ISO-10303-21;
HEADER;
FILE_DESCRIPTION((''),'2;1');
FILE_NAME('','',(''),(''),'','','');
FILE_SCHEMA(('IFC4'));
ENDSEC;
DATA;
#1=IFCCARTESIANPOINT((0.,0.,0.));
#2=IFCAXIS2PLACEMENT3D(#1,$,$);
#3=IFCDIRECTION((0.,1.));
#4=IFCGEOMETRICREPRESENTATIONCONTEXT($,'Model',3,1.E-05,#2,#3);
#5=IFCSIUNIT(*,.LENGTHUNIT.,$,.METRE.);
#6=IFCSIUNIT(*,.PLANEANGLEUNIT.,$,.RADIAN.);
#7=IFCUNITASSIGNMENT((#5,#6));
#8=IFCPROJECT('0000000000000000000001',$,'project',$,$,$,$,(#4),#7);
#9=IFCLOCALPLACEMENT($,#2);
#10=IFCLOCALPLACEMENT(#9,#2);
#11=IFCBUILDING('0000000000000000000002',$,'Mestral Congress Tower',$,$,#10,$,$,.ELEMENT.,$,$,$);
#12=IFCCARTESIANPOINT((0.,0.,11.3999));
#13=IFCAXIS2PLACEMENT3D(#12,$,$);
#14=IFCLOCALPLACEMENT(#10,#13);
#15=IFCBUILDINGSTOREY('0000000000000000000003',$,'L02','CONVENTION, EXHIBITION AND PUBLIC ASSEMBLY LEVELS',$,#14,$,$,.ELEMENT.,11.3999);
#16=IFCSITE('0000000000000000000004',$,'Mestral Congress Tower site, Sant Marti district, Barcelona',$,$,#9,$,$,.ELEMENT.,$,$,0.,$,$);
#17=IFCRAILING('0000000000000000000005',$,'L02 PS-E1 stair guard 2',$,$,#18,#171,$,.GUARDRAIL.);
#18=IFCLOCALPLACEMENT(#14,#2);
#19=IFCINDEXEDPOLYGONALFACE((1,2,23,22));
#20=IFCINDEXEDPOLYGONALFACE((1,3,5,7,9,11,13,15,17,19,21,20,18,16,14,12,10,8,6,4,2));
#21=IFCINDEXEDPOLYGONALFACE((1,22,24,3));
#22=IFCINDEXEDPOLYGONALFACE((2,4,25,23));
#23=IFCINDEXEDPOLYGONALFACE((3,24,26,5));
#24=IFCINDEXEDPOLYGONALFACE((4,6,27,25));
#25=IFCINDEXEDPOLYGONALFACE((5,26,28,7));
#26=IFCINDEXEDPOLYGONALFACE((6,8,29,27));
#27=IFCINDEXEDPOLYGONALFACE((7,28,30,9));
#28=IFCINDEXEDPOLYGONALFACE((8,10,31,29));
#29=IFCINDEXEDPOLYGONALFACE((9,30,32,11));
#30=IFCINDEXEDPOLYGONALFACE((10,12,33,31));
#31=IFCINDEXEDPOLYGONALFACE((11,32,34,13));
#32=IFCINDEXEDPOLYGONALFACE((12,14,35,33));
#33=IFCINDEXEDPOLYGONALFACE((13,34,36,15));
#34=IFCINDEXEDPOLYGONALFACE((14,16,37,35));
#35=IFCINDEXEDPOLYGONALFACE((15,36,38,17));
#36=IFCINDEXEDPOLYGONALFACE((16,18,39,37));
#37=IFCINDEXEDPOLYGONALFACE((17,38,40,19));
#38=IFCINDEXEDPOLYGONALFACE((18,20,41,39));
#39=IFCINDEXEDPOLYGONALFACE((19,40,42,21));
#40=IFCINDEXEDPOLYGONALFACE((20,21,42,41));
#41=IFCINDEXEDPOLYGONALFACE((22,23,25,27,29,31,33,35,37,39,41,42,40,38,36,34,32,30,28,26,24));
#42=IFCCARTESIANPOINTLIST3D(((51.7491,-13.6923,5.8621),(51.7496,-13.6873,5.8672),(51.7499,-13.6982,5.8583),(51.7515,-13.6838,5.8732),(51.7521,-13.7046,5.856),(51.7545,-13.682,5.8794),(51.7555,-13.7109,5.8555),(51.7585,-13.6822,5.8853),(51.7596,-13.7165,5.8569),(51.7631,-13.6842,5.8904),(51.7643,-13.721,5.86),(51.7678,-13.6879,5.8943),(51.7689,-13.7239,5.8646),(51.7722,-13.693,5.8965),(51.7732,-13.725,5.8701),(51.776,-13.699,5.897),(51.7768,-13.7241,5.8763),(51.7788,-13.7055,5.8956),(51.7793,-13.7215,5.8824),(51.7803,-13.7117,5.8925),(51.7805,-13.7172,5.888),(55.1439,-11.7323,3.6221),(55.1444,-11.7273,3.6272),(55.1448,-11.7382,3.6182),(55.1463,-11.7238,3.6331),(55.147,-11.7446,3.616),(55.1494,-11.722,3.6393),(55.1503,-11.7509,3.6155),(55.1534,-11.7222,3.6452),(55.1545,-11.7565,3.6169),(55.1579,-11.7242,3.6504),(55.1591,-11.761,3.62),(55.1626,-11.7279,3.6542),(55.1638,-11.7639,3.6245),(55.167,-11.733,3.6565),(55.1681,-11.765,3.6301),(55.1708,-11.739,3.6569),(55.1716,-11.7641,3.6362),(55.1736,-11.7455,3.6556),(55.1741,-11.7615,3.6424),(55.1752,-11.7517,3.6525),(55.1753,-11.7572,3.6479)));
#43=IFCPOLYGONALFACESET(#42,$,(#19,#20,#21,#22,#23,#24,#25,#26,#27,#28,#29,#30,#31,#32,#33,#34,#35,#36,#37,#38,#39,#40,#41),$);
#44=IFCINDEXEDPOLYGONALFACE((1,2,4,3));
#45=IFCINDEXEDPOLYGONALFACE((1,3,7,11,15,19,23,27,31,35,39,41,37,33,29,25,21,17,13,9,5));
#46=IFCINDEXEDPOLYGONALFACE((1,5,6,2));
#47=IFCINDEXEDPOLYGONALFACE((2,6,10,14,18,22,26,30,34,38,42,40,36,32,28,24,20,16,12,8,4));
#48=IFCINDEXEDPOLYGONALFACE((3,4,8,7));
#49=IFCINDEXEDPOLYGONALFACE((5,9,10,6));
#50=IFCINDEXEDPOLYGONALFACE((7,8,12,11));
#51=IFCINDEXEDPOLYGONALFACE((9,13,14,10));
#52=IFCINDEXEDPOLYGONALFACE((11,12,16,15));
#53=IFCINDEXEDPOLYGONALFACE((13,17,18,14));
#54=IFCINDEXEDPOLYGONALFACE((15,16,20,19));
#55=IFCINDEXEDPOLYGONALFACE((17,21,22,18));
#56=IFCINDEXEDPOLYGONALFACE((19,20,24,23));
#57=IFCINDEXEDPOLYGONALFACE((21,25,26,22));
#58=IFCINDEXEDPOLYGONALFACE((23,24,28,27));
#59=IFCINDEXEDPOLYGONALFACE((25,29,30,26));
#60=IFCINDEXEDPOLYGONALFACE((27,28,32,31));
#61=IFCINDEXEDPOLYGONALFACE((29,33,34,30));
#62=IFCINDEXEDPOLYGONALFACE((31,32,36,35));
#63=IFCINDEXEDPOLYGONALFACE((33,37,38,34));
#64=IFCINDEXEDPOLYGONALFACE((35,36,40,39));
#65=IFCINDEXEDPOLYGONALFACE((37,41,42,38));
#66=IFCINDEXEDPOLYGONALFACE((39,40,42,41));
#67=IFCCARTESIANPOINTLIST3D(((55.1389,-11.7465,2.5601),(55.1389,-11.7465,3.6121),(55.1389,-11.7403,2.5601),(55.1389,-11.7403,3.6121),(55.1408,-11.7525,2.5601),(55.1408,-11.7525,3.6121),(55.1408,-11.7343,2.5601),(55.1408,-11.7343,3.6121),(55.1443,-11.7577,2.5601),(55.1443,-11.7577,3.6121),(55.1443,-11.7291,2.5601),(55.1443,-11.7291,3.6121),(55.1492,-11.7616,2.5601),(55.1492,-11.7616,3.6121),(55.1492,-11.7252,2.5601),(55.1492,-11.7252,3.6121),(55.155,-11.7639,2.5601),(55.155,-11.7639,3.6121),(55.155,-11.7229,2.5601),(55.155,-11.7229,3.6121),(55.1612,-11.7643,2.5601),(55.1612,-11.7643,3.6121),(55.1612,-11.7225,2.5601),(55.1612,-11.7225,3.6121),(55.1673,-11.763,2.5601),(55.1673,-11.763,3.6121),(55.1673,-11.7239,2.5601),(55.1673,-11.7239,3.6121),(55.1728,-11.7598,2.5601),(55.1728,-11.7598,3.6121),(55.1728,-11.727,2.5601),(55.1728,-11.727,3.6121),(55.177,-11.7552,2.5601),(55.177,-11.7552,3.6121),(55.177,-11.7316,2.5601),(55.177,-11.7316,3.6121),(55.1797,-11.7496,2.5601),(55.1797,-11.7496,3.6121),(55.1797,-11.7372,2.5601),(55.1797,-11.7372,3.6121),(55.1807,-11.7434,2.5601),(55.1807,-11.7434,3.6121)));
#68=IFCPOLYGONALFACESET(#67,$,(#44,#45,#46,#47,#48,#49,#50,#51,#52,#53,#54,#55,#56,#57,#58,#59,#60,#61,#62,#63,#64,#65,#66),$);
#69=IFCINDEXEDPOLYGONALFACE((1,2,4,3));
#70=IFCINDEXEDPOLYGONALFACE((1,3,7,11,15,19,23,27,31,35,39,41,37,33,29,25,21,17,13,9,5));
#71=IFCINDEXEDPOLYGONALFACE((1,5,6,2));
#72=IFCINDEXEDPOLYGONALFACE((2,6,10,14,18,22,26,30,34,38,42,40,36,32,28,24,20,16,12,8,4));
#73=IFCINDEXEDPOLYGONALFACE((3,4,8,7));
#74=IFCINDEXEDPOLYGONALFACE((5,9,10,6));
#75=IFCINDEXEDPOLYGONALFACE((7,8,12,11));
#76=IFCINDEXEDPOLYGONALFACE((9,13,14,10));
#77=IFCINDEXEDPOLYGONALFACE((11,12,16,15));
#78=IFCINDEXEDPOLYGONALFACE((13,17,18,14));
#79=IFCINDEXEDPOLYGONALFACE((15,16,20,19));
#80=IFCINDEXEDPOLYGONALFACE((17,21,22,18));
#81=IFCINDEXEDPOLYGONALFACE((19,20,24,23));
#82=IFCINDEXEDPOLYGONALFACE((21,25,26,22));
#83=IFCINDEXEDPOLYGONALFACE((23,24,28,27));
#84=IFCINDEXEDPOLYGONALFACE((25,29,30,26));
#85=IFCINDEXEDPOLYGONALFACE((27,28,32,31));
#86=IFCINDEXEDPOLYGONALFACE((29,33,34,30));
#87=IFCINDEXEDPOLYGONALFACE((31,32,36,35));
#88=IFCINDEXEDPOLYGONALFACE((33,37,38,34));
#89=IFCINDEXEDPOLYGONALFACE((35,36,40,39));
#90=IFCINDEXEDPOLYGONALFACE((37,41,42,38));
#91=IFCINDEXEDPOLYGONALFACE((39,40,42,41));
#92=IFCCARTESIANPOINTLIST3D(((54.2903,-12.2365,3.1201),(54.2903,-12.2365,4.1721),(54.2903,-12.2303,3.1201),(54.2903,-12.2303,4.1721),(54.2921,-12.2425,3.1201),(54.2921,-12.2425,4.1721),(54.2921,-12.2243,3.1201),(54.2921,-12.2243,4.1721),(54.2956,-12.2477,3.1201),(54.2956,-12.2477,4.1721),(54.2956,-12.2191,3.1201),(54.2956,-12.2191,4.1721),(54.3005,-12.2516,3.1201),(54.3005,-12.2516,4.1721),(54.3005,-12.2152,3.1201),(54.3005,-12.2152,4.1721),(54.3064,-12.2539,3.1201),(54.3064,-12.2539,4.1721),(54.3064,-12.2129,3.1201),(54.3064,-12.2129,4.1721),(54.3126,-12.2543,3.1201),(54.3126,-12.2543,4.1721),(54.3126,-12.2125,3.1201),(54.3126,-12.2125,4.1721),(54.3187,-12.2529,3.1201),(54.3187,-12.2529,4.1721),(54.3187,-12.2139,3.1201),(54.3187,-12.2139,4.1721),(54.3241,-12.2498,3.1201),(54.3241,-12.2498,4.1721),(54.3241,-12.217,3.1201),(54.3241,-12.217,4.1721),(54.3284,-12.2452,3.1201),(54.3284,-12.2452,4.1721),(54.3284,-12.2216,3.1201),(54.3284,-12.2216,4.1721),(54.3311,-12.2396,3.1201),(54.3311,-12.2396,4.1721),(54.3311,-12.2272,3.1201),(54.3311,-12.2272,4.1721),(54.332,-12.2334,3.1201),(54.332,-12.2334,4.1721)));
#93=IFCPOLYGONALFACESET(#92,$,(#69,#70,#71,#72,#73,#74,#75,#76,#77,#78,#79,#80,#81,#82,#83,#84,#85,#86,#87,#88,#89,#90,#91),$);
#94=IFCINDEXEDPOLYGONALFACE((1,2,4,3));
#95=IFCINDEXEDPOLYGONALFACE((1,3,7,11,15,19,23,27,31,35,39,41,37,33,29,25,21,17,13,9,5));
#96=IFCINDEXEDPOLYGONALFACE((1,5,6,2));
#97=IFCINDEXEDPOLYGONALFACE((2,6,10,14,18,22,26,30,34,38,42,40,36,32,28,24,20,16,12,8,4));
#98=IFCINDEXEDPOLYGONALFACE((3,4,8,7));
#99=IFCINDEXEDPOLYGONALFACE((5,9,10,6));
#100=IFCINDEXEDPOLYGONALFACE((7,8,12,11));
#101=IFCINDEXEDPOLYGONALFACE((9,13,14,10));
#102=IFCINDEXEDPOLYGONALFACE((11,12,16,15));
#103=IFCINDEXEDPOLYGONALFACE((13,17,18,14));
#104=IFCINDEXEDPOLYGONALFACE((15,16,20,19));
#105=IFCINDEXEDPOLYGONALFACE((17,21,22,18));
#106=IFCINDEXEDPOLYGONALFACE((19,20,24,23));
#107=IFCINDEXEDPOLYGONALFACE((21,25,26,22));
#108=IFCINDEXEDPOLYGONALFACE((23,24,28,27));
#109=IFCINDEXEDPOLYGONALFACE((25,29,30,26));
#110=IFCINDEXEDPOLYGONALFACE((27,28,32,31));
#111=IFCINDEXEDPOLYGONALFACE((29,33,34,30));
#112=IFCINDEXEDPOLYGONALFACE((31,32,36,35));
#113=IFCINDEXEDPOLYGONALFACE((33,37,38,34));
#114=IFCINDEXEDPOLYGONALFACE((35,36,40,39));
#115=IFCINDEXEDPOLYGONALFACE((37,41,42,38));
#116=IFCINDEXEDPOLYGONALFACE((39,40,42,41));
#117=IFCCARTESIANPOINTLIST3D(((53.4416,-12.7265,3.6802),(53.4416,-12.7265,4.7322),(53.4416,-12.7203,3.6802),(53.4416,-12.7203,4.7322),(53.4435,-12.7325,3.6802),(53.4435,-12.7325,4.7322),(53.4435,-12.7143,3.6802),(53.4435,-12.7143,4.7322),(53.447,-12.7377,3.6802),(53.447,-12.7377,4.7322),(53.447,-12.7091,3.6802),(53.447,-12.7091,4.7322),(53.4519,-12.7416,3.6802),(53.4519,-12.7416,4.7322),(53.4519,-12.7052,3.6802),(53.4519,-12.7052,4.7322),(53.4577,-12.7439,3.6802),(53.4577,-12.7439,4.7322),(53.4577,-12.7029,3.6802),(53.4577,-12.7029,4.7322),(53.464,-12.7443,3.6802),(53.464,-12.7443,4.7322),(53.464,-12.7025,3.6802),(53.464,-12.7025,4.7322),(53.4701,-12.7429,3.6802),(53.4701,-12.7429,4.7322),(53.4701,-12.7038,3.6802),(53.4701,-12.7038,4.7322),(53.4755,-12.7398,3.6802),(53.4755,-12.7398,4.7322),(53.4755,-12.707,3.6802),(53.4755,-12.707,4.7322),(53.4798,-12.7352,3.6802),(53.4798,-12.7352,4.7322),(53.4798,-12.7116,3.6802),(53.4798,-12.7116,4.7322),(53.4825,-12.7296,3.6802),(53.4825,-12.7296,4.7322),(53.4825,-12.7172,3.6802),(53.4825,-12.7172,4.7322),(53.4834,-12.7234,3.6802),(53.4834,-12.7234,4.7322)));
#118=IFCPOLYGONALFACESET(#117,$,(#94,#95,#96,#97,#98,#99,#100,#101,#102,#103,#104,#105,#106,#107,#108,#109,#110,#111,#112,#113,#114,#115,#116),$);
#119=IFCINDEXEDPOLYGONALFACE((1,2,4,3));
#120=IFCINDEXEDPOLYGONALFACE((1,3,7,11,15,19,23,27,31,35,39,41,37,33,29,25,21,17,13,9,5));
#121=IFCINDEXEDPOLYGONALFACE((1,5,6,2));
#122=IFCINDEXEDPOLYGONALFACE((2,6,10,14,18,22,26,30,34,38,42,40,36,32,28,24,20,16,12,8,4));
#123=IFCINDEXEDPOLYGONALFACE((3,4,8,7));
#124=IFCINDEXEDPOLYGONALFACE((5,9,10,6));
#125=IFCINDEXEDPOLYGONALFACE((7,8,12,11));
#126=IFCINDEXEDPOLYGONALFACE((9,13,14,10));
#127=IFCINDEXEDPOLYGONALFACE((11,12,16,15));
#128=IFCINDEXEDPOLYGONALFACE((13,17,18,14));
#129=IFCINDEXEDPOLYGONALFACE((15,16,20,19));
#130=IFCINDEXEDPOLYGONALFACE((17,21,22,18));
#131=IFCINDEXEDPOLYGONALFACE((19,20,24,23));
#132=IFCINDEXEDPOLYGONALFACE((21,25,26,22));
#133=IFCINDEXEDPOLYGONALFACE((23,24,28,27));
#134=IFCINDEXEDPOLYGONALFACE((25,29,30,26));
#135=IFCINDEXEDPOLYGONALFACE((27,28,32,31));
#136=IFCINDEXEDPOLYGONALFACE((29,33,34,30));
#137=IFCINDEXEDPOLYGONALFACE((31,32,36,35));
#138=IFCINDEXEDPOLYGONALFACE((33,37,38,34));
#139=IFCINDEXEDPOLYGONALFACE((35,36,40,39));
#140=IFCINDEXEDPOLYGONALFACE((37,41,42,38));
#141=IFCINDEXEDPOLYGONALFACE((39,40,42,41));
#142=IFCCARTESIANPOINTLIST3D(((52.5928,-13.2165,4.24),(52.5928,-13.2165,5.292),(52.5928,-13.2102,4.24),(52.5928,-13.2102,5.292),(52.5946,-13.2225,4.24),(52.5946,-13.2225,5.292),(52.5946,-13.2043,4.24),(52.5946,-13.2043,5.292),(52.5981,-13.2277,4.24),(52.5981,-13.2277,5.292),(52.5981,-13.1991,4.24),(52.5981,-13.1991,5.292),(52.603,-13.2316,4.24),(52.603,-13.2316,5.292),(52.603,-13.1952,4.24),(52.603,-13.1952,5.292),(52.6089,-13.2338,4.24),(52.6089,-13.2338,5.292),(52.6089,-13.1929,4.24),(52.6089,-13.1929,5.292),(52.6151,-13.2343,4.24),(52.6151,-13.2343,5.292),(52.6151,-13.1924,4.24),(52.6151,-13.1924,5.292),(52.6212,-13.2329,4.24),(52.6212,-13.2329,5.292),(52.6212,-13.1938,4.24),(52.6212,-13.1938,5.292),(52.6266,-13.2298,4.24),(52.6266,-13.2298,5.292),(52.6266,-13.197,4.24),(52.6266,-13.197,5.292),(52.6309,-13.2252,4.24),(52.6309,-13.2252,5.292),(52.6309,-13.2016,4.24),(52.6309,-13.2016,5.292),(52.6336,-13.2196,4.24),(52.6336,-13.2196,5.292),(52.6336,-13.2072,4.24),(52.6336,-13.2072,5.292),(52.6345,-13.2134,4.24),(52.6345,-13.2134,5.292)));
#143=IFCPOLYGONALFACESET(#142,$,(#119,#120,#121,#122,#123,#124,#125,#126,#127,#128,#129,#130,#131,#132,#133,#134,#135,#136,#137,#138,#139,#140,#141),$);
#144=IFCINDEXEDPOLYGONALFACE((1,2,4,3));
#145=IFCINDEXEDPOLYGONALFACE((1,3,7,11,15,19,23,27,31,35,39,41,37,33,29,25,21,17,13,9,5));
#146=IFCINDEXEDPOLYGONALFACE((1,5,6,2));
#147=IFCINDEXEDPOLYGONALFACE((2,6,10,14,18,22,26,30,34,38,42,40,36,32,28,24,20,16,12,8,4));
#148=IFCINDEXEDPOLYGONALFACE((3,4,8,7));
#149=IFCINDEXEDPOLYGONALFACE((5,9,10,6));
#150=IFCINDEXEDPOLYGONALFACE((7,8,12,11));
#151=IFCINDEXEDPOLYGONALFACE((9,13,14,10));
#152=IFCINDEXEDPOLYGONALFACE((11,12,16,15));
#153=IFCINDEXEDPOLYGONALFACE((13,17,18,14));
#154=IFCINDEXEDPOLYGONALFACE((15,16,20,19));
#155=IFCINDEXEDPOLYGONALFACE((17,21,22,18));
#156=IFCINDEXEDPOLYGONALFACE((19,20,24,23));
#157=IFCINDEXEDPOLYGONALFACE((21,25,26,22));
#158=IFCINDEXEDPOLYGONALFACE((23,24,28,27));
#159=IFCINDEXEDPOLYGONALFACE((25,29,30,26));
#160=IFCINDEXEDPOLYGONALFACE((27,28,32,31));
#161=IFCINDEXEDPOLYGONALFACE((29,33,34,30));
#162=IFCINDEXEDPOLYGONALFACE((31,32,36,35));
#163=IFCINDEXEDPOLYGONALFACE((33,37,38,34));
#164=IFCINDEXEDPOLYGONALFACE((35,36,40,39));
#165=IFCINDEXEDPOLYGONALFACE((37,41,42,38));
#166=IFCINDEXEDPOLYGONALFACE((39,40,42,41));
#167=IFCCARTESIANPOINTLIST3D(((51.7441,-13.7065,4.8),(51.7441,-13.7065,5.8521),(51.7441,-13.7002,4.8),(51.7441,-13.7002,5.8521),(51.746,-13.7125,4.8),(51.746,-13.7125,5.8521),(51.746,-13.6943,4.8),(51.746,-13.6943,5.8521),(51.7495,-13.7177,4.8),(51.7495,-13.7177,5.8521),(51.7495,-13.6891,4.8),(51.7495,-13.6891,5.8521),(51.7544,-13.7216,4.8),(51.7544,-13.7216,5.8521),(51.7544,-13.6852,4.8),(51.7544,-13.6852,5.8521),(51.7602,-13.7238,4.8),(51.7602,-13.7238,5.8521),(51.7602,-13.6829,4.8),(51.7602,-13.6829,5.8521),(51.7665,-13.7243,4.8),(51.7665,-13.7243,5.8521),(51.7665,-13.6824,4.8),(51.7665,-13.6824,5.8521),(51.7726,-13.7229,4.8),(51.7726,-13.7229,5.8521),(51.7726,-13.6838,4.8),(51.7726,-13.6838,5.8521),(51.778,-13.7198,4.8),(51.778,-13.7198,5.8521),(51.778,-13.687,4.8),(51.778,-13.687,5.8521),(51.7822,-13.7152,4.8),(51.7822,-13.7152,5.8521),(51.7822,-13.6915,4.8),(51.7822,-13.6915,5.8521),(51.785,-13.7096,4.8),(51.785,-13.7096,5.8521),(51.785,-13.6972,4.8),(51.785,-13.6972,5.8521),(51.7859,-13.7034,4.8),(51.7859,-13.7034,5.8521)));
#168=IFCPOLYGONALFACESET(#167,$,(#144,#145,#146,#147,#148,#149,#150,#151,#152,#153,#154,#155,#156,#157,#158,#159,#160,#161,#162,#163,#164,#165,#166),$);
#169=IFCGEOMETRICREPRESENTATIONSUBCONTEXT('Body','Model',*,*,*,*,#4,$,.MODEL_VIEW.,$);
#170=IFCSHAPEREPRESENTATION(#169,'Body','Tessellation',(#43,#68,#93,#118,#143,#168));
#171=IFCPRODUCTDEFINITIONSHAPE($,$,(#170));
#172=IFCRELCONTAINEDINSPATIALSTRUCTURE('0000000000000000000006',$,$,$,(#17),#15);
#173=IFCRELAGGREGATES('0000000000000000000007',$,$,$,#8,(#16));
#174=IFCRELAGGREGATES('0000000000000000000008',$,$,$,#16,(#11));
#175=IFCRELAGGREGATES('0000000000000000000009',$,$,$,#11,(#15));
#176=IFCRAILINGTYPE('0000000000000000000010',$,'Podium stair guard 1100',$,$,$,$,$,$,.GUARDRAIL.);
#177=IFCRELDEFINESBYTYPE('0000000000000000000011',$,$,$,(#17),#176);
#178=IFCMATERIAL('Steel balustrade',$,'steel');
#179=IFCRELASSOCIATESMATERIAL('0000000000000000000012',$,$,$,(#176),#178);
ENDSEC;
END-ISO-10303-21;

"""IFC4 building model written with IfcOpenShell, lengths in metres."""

from ifc_helpers import new_model, si_unit, direction, frame, origin, origin_2d, place, context, subcontext, project, spatial, circle, extrude, material, type_object, element, save


model = new_model("IFC4")

# Units and contexts
model_context = context("Model", 3, precision=1e-05, world=origin(), true_north=direction((0.0, 1.0)))
body_context = subcontext(model_context, "Body", "Model", "MODEL_VIEW")
ifc_project = project(units=[si_unit("LENGTHUNIT", "METRE"), si_unit("PLANEANGLEUNIT", "RADIAN")], contexts=[model_context])

# Site, building, storey
site_placement = place(None, origin())
site = spatial("IfcSite", under=ifc_project, at=site_placement, Name="Mestral Congress Tower site, Sant Marti district, Barcelona", CompositionType="ELEMENT", RefElevation=0.0)
building_placement = place(site_placement, origin())
building = spatial("IfcBuilding", under=site, at=building_placement, Name="Mestral Congress Tower", CompositionType="ELEMENT")
storey_placement = place(building_placement, frame((0.0, 0.0, 11.3999)))
storey = spatial("IfcBuildingStorey", under=building, at=storey_placement, Name="L02", Description="CONVENTION, EXHIBITION AND PUBLIC ASSEMBLY LEVELS", CompositionType="ELEMENT", Elevation=11.3999)

# Railing
ifc_material_1 = material(Name="Steel balustrade", Category="steel")
railing_type_1 = type_object("IfcRailingType", Name="Podium stair guard 1100", PredefinedType="GUARDRAIL", material=ifc_material_1)
railing_1_placement = place(storey_placement, frame((55.1597, -11.7434, 2.5601)))
element("IfcRailing", 1, at=railing_1_placement, inside=storey, type_object=railing_type_1, Name="L02 PS-E1 stair guard 2", PredefinedType="GUARDRAIL", context=body_context, shape_type="SweptSolid", body=[
    extrude(circle(Radius=0.0239, at=origin_2d()), frame((0.0, 0.0, 1.0762), z_axis=(-0.75192, -0.434118, 0.496143), x_axis=(0.499997, -0.866027, 0.0)), (0.0, 0.0, 1.0), 4.5149),
    extrude(circle(Radius=0.021, at=origin_2d()), origin(), (0.0, 0.0, 1.0), 1.052),
    extrude(circle(Radius=0.021, at=origin_2d()), frame((-0.8486, -0.49, 0.5601)), (0.0, 0.0, 1.0), 1.052),
    extrude(circle(Radius=0.021, at=origin_2d()), frame((-1.6973, -0.98, 1.1201)), (0.0, 0.0, 1.0), 1.052),
    extrude(circle(Radius=0.021, at=origin_2d()), frame((-2.5461, -1.47, 1.6799)), (0.0, 0.0, 1.0), 1.052),
    extrude(circle(Radius=0.021, at=origin_2d()), frame((-3.3948, -1.96, 2.24)), (0.0, 0.0, 1.0), 1.052),
])

save(model, "model.ifc")
